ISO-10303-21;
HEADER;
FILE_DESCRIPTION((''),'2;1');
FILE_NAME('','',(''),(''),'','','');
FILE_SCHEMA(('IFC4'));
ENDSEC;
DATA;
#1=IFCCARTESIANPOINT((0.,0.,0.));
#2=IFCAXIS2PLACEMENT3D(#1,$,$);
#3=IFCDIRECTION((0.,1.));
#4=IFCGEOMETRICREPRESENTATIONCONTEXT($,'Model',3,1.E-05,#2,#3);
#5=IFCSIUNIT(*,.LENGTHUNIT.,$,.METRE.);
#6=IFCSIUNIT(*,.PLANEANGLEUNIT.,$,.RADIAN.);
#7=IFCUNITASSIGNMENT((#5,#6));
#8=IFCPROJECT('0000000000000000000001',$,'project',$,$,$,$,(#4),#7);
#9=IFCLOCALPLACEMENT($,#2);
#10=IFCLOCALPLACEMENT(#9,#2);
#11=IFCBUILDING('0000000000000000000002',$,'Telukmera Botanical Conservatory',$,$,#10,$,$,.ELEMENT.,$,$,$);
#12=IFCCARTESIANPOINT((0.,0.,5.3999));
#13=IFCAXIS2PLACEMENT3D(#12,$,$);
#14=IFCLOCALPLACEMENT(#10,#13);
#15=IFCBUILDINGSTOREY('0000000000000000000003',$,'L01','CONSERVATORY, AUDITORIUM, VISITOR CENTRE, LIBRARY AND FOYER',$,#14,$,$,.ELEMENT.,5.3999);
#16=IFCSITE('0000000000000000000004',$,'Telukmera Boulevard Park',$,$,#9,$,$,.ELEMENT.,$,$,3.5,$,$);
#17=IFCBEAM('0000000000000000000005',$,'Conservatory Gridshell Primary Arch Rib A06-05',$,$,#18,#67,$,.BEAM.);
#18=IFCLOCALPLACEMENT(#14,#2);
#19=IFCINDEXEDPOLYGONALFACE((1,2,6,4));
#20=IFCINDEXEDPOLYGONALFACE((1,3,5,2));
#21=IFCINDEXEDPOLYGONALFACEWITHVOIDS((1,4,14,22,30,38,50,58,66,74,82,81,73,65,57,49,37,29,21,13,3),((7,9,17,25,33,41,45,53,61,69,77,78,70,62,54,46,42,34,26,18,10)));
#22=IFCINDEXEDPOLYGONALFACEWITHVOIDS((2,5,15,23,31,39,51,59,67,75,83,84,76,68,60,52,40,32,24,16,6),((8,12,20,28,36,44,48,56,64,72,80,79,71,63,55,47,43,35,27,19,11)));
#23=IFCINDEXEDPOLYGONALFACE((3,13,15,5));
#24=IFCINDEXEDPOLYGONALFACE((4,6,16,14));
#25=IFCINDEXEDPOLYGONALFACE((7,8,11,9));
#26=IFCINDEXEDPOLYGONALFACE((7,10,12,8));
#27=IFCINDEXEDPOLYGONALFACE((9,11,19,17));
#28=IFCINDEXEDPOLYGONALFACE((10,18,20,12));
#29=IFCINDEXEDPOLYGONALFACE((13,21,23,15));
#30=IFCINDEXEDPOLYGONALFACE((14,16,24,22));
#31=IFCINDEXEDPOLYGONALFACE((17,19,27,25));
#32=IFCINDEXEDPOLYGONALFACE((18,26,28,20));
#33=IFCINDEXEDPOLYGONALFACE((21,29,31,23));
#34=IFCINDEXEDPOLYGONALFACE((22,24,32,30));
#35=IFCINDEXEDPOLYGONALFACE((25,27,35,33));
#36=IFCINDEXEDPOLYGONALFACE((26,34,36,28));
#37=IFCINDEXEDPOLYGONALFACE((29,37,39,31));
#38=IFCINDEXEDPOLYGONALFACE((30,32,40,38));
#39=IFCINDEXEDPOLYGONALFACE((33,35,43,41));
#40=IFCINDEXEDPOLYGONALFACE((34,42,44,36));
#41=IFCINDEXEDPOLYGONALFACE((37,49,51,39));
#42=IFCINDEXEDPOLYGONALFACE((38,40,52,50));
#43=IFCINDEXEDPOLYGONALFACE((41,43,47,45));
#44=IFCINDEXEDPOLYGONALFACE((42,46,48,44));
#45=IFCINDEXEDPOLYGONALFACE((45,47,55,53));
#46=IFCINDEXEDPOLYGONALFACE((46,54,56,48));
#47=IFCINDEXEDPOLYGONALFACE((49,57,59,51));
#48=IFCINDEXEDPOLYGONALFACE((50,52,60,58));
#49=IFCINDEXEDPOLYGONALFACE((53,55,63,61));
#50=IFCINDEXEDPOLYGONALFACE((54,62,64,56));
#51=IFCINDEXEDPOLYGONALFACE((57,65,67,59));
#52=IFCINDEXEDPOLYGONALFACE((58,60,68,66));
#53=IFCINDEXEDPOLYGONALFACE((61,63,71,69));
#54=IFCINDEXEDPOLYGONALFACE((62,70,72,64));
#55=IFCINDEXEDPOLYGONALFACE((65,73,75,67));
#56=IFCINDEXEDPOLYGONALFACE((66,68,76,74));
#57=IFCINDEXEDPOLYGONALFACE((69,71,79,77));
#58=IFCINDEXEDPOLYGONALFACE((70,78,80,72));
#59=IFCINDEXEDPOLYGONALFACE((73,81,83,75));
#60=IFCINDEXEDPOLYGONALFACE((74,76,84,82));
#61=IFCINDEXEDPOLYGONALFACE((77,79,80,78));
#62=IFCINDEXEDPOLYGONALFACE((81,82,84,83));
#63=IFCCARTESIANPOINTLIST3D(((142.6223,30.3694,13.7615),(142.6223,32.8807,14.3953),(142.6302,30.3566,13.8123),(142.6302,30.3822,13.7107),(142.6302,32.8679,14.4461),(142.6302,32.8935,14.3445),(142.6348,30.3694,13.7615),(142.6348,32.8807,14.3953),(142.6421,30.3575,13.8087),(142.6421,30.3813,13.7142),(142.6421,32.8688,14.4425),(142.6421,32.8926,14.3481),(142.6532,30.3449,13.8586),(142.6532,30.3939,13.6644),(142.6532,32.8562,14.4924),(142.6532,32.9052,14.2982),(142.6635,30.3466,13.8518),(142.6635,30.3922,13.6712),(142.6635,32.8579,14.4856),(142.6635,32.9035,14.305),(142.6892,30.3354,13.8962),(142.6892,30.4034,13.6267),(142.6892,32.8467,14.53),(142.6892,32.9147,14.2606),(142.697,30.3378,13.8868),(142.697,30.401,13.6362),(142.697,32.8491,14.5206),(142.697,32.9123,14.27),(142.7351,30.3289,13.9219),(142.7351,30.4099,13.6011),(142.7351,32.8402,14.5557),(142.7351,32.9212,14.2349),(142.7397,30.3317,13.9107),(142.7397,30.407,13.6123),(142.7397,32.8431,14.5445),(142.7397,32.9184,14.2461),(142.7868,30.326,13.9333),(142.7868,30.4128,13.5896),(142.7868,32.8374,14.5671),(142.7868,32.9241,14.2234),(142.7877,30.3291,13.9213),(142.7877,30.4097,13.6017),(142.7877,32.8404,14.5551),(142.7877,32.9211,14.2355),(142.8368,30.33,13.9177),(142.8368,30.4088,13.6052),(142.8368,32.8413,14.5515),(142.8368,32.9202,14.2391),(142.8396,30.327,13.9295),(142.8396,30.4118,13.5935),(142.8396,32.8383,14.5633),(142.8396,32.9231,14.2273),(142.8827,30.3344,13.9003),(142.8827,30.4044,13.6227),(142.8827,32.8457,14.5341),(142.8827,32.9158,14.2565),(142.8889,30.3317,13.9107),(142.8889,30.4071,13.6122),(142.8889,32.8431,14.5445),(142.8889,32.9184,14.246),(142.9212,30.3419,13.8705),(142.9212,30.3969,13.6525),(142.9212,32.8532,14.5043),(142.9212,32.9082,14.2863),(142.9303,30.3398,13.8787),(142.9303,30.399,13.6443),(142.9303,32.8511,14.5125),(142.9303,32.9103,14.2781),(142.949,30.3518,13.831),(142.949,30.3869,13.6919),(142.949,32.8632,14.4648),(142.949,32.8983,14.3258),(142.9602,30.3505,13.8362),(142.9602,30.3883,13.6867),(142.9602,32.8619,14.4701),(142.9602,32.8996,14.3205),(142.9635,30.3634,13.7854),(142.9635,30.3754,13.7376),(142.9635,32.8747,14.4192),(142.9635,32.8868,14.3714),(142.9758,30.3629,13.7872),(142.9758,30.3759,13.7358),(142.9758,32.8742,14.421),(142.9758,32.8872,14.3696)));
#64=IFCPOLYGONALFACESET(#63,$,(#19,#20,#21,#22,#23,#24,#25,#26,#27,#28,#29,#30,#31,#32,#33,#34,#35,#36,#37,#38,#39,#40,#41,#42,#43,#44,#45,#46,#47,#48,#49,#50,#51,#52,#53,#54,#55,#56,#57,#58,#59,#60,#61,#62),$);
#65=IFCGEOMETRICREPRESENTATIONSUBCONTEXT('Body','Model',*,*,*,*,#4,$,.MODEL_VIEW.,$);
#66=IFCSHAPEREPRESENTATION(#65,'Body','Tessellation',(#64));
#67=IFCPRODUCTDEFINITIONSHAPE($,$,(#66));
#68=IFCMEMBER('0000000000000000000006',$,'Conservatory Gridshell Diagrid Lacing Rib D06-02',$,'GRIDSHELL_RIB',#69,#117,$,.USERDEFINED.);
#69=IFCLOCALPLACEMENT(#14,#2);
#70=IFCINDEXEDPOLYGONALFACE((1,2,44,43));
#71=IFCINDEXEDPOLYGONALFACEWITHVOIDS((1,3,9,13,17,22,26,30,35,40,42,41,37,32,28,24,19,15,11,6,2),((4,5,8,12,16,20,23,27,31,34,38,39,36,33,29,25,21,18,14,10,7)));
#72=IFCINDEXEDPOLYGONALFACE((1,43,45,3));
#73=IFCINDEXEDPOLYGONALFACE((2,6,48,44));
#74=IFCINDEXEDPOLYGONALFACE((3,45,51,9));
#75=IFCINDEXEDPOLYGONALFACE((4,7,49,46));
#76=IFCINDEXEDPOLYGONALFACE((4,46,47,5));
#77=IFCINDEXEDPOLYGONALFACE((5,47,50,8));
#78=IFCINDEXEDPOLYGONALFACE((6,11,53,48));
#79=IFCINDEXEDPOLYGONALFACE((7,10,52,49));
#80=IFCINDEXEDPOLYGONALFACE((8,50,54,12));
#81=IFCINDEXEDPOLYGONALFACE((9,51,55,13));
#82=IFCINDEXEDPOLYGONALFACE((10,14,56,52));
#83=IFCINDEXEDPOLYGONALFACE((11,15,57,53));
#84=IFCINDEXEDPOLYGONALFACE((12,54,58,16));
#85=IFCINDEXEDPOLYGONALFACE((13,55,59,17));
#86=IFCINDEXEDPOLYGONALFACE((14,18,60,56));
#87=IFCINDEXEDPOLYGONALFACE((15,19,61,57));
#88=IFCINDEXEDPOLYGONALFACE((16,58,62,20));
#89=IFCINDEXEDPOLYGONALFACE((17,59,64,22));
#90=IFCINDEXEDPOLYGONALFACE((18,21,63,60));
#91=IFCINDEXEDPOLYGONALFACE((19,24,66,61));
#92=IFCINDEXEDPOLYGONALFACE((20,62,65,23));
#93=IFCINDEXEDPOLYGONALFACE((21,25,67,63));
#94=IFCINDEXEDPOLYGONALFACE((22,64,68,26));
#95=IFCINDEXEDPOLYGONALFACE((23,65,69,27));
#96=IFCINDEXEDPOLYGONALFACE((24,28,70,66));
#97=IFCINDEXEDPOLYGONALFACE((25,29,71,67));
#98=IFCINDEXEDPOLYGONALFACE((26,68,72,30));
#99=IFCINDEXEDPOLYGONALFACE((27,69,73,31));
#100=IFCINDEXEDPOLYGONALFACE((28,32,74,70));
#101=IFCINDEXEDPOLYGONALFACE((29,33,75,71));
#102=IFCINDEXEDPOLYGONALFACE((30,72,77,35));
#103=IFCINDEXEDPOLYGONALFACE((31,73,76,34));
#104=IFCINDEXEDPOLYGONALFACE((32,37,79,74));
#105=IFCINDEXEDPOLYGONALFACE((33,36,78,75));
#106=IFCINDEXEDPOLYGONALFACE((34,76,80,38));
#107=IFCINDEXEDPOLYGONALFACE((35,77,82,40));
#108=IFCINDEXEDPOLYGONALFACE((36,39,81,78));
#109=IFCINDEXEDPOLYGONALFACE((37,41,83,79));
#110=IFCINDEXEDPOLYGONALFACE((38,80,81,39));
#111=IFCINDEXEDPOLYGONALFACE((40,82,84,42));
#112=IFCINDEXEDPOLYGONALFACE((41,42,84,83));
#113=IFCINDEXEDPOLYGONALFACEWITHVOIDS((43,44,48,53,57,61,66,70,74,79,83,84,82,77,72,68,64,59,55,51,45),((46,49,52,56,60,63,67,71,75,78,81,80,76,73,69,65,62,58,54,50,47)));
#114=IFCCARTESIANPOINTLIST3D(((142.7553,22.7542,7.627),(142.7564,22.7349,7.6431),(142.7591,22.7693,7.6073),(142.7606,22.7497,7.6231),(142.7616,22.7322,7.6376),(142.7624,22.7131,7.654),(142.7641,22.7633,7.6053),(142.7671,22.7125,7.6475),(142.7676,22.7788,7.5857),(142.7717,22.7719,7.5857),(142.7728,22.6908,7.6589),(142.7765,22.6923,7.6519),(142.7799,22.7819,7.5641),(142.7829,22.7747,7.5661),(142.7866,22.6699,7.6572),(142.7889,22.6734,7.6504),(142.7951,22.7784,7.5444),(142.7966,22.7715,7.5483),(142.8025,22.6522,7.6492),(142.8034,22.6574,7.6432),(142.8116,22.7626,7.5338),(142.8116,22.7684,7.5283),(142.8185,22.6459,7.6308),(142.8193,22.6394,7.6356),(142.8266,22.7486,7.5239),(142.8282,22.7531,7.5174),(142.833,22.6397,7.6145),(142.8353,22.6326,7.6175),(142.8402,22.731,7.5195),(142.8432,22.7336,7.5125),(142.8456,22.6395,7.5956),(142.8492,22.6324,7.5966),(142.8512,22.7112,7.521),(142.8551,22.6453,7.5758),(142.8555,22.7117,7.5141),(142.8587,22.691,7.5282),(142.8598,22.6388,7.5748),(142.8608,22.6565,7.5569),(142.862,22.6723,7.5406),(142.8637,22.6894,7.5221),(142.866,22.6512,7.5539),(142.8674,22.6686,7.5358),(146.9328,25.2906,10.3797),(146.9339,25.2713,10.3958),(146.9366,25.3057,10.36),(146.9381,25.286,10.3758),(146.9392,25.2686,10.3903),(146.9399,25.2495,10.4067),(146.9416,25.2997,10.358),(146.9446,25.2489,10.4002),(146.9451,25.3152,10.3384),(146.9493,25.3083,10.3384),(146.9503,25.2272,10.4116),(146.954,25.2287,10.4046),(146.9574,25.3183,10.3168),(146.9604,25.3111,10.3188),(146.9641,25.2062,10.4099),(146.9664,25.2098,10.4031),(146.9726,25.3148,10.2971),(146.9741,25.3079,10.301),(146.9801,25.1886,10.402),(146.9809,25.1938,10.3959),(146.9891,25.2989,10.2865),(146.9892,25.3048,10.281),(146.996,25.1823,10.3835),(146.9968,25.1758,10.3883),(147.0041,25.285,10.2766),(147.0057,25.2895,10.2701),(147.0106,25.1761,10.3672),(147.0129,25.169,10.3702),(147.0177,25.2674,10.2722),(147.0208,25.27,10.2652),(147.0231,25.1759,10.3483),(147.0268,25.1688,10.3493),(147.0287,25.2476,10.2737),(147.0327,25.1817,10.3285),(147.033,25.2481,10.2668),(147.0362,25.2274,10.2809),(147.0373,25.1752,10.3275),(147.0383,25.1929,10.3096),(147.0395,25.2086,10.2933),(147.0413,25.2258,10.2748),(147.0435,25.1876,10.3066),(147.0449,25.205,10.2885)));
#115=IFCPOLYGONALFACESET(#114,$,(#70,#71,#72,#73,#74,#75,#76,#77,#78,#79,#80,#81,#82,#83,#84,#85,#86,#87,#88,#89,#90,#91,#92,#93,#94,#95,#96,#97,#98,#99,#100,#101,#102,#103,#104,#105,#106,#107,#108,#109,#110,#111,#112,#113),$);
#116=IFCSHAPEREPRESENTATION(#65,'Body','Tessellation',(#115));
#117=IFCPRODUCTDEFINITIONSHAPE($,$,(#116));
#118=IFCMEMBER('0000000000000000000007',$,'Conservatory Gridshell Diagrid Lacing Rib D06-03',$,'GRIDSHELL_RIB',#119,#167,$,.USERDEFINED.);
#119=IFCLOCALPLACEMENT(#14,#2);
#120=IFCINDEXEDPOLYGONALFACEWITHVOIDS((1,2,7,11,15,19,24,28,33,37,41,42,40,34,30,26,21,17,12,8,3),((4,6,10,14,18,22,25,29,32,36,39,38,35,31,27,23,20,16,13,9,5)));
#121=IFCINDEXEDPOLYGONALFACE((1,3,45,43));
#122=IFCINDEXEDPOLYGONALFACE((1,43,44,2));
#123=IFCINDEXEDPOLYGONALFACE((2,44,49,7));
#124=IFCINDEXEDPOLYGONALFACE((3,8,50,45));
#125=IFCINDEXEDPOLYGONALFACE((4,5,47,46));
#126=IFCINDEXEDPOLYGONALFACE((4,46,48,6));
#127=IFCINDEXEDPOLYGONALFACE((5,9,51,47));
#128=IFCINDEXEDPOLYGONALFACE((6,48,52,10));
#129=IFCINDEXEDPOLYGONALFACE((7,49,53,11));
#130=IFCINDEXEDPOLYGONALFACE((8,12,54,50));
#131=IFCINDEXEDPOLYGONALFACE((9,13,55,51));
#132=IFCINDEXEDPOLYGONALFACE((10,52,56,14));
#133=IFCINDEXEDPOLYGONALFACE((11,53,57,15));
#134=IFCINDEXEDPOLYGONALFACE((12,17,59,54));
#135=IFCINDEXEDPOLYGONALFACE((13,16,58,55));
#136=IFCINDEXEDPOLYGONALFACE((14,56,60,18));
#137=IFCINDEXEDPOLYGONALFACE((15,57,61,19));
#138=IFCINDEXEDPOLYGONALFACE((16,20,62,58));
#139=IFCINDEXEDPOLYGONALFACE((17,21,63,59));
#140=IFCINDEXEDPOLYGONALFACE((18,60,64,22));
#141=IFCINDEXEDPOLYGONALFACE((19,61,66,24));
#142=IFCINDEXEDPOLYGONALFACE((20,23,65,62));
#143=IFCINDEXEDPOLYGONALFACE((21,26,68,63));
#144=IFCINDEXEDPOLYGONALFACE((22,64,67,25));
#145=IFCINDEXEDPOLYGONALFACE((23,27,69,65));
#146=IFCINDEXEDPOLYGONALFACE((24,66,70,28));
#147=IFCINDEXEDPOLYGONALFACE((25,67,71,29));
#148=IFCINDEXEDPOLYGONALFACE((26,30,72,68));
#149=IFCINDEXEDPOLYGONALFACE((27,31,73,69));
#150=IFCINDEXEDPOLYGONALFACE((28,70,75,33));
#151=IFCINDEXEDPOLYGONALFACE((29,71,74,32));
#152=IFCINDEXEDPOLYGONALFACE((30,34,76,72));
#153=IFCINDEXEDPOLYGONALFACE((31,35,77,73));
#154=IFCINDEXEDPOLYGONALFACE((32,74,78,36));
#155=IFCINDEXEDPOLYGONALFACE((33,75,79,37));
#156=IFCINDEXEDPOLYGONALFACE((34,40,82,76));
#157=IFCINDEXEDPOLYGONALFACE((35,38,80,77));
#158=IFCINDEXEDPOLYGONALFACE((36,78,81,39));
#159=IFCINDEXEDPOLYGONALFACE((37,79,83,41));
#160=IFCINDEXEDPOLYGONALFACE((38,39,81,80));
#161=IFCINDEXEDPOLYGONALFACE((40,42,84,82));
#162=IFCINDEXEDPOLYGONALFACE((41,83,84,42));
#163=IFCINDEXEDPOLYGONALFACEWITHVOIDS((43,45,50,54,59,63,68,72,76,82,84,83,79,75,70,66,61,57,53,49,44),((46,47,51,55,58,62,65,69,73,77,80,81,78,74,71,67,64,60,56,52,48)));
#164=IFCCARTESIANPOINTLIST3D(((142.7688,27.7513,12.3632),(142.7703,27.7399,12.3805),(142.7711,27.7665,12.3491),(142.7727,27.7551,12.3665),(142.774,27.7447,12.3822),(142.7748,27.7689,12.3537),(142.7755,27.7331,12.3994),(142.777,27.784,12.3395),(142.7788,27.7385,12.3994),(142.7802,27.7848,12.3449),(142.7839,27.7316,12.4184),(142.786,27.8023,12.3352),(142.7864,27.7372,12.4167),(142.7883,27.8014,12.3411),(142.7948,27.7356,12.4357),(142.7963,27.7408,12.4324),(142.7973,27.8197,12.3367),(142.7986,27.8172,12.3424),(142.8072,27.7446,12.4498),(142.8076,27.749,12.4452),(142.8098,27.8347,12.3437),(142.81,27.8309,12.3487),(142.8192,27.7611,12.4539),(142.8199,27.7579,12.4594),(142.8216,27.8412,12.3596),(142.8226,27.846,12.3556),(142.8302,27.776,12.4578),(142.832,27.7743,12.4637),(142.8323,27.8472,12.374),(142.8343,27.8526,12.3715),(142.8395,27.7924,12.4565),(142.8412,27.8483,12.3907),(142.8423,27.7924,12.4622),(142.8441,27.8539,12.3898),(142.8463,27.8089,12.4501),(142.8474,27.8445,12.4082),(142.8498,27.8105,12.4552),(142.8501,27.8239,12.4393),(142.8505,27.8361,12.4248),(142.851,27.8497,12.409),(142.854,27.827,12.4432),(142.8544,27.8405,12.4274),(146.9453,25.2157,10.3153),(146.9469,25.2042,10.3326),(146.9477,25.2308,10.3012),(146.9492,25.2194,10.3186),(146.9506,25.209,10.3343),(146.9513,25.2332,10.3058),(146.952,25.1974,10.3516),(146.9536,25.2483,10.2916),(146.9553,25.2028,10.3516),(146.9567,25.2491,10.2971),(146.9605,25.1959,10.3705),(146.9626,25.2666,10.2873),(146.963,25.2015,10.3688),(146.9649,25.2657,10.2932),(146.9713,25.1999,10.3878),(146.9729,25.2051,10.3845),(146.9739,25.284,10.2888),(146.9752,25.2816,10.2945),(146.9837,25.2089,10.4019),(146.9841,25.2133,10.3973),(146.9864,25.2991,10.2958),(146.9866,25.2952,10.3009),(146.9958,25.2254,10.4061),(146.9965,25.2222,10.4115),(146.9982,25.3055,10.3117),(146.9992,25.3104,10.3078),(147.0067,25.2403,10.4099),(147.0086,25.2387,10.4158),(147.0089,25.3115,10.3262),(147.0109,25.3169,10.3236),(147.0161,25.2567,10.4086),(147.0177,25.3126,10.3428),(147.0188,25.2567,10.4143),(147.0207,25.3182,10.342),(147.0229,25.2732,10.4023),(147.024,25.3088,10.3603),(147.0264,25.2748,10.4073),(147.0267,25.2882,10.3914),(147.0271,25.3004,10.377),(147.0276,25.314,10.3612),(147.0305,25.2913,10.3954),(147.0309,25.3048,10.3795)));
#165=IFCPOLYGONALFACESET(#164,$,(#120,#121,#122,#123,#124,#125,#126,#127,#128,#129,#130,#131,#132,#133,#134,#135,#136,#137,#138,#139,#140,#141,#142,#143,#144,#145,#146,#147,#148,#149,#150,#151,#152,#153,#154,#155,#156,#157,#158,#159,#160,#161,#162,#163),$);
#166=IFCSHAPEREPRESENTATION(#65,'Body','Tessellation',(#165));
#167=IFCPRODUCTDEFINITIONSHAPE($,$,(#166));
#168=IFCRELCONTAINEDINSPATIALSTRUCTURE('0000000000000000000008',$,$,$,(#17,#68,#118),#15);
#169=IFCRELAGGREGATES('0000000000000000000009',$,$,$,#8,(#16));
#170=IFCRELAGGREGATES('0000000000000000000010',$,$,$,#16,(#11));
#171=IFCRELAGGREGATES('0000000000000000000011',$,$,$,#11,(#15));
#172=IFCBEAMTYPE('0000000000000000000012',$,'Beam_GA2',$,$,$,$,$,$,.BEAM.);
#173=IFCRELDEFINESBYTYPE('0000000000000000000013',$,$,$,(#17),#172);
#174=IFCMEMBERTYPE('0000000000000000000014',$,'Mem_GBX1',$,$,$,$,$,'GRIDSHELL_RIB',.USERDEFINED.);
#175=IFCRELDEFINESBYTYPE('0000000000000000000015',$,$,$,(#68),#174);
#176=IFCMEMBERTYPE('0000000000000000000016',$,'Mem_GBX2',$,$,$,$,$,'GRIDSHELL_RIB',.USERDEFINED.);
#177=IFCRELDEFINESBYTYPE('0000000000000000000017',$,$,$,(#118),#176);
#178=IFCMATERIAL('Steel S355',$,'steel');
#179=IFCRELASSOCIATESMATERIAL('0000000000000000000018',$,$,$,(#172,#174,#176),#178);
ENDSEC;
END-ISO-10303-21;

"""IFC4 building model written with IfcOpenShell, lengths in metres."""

from ifc_helpers import new_model, si_unit, direction, frame, origin, origin_2d, place, context, subcontext, project, spatial, hollow_circle, extrude, material, material_profile, profile_set, type_object, element, save


model = new_model("IFC4")

# Units and contexts
model_context = context("Model", 3, precision=1e-05, world=origin(), true_north=direction((0.0, 1.0)))
body_context = subcontext(model_context, "Body", "Model", "MODEL_VIEW")
ifc_project = project(units=[si_unit("LENGTHUNIT", "METRE"), si_unit("PLANEANGLEUNIT", "RADIAN")], contexts=[model_context])

# Site, building, storey
site_placement = place(None, origin())
site = spatial("IfcSite", under=ifc_project, at=site_placement, Name="Telukmera Boulevard Park", CompositionType="ELEMENT", RefElevation=3.5)
building_placement = place(site_placement, origin())
building = spatial("IfcBuilding", under=site, at=building_placement, Name="Telukmera Botanical Conservatory", CompositionType="ELEMENT")
storey_placement = place(building_placement, frame((0.0, 0.0, 5.3999)))
storey = spatial("IfcBuildingStorey", under=building, at=storey_placement, Name="L01", Description="CONSERVATORY, AUDITORIUM, VISITOR CENTRE, LIBRARY AND FOYER", CompositionType="ELEMENT", Elevation=5.3999)

# Beam
ifc_material = material(Name="Steel S355", Category="steel")
ifc_material_profile_1 = material_profile(ifc_material, hollow_circle(Radius=0.1777, WallThickness=0.0125, at=origin_2d()), Name="CHS 355.6x12.5")
ifc_profile_set_1 = profile_set([ifc_material_profile_1], Name="Steel S355")
beam_type = type_object("IfcBeamType", Name="Beam_GA2", PredefinedType="BEAM", material=ifc_profile_set_1)
beam_1_placement = place(storey_placement, frame((142.8, 30.3694, 13.7615), z_axis=(0.0, 0.969597, 0.244709), x_axis=(-1.0, 0.0, 0.0)))
element("IfcBeam", 1, at=beam_1_placement, inside=storey, type_object=beam_type, Name="Conservatory Gridshell Primary Arch Rib A06-05", PredefinedType="BEAM", context=body_context, shape_type="SweptSolid", body=[
    extrude(hollow_circle(Radius=0.1777, WallThickness=0.0125, at=origin_2d()), origin(), (0.0, 0.0, 1.0), 2.5901),
])

# Members
ifc_material_profile_2 = material_profile(ifc_material, hollow_circle(Radius=0.0842, WallThickness=0.0081, at=origin_2d()), Name="CHS 168.3x8.0")
ifc_profile_set_2 = profile_set([ifc_material_profile_2], Name="Steel S355")
member_type_1 = type_object("IfcMemberType", Name="Mem_GBX1", ElementType="GRIDSHELL_RIB", PredefinedType="USERDEFINED", material=ifc_profile_set_2)
member_1_placement = place(storey_placement, frame((142.8113, 22.7068, 7.5857), z_axis=(0.744771, 0.45219, 0.490754), x_axis=(-0.518985, 0.854784, 0.0)))
element("IfcMember", 2, at=member_1_placement, inside=storey, type_object=member_type_1, Name="Conservatory Gridshell Diagrid Lacing Rib D06-02", ObjectType="GRIDSHELL_RIB", PredefinedType="USERDEFINED", context=body_context, shape_type="SweptSolid", body=[
    extrude(hollow_circle(Radius=0.0842, WallThickness=0.0081, at=origin_2d()), origin(), (0.0, 0.0, 1.0), 5.6091),
])
ifc_material_profile_3 = material_profile(ifc_material, hollow_circle(Radius=0.0698, WallThickness=0.0063, at=origin_2d()), Name="CHS 139.7x6.3")
ifc_profile_set_3 = profile_set([ifc_material_profile_3], Name="Steel S355")
member_type_2 = type_object("IfcMemberType", Name="Mem_GBX2", ElementType="GRIDSHELL_RIB", PredefinedType="USERDEFINED", material=ifc_profile_set_3)
member_2_placement = place(storey_placement, frame((146.9883, 25.2571, 10.3516), z_axis=(-0.788352, 0.478624, 0.386549), x_axis=(-0.518964, -0.854796, 0.0)))
element("IfcMember", 3, at=member_2_placement, inside=storey, type_object=member_type_2, Name="Conservatory Gridshell Diagrid Lacing Rib D06-03", ObjectType="GRIDSHELL_RIB", PredefinedType="USERDEFINED", context=body_context, shape_type="SweptSolid", body=[
    extrude(hollow_circle(Radius=0.0698, WallThickness=0.0063, at=origin_2d()), origin(), (0.0, 0.0, 1.0), 5.2979),
])

save(model, "model.ifc")
